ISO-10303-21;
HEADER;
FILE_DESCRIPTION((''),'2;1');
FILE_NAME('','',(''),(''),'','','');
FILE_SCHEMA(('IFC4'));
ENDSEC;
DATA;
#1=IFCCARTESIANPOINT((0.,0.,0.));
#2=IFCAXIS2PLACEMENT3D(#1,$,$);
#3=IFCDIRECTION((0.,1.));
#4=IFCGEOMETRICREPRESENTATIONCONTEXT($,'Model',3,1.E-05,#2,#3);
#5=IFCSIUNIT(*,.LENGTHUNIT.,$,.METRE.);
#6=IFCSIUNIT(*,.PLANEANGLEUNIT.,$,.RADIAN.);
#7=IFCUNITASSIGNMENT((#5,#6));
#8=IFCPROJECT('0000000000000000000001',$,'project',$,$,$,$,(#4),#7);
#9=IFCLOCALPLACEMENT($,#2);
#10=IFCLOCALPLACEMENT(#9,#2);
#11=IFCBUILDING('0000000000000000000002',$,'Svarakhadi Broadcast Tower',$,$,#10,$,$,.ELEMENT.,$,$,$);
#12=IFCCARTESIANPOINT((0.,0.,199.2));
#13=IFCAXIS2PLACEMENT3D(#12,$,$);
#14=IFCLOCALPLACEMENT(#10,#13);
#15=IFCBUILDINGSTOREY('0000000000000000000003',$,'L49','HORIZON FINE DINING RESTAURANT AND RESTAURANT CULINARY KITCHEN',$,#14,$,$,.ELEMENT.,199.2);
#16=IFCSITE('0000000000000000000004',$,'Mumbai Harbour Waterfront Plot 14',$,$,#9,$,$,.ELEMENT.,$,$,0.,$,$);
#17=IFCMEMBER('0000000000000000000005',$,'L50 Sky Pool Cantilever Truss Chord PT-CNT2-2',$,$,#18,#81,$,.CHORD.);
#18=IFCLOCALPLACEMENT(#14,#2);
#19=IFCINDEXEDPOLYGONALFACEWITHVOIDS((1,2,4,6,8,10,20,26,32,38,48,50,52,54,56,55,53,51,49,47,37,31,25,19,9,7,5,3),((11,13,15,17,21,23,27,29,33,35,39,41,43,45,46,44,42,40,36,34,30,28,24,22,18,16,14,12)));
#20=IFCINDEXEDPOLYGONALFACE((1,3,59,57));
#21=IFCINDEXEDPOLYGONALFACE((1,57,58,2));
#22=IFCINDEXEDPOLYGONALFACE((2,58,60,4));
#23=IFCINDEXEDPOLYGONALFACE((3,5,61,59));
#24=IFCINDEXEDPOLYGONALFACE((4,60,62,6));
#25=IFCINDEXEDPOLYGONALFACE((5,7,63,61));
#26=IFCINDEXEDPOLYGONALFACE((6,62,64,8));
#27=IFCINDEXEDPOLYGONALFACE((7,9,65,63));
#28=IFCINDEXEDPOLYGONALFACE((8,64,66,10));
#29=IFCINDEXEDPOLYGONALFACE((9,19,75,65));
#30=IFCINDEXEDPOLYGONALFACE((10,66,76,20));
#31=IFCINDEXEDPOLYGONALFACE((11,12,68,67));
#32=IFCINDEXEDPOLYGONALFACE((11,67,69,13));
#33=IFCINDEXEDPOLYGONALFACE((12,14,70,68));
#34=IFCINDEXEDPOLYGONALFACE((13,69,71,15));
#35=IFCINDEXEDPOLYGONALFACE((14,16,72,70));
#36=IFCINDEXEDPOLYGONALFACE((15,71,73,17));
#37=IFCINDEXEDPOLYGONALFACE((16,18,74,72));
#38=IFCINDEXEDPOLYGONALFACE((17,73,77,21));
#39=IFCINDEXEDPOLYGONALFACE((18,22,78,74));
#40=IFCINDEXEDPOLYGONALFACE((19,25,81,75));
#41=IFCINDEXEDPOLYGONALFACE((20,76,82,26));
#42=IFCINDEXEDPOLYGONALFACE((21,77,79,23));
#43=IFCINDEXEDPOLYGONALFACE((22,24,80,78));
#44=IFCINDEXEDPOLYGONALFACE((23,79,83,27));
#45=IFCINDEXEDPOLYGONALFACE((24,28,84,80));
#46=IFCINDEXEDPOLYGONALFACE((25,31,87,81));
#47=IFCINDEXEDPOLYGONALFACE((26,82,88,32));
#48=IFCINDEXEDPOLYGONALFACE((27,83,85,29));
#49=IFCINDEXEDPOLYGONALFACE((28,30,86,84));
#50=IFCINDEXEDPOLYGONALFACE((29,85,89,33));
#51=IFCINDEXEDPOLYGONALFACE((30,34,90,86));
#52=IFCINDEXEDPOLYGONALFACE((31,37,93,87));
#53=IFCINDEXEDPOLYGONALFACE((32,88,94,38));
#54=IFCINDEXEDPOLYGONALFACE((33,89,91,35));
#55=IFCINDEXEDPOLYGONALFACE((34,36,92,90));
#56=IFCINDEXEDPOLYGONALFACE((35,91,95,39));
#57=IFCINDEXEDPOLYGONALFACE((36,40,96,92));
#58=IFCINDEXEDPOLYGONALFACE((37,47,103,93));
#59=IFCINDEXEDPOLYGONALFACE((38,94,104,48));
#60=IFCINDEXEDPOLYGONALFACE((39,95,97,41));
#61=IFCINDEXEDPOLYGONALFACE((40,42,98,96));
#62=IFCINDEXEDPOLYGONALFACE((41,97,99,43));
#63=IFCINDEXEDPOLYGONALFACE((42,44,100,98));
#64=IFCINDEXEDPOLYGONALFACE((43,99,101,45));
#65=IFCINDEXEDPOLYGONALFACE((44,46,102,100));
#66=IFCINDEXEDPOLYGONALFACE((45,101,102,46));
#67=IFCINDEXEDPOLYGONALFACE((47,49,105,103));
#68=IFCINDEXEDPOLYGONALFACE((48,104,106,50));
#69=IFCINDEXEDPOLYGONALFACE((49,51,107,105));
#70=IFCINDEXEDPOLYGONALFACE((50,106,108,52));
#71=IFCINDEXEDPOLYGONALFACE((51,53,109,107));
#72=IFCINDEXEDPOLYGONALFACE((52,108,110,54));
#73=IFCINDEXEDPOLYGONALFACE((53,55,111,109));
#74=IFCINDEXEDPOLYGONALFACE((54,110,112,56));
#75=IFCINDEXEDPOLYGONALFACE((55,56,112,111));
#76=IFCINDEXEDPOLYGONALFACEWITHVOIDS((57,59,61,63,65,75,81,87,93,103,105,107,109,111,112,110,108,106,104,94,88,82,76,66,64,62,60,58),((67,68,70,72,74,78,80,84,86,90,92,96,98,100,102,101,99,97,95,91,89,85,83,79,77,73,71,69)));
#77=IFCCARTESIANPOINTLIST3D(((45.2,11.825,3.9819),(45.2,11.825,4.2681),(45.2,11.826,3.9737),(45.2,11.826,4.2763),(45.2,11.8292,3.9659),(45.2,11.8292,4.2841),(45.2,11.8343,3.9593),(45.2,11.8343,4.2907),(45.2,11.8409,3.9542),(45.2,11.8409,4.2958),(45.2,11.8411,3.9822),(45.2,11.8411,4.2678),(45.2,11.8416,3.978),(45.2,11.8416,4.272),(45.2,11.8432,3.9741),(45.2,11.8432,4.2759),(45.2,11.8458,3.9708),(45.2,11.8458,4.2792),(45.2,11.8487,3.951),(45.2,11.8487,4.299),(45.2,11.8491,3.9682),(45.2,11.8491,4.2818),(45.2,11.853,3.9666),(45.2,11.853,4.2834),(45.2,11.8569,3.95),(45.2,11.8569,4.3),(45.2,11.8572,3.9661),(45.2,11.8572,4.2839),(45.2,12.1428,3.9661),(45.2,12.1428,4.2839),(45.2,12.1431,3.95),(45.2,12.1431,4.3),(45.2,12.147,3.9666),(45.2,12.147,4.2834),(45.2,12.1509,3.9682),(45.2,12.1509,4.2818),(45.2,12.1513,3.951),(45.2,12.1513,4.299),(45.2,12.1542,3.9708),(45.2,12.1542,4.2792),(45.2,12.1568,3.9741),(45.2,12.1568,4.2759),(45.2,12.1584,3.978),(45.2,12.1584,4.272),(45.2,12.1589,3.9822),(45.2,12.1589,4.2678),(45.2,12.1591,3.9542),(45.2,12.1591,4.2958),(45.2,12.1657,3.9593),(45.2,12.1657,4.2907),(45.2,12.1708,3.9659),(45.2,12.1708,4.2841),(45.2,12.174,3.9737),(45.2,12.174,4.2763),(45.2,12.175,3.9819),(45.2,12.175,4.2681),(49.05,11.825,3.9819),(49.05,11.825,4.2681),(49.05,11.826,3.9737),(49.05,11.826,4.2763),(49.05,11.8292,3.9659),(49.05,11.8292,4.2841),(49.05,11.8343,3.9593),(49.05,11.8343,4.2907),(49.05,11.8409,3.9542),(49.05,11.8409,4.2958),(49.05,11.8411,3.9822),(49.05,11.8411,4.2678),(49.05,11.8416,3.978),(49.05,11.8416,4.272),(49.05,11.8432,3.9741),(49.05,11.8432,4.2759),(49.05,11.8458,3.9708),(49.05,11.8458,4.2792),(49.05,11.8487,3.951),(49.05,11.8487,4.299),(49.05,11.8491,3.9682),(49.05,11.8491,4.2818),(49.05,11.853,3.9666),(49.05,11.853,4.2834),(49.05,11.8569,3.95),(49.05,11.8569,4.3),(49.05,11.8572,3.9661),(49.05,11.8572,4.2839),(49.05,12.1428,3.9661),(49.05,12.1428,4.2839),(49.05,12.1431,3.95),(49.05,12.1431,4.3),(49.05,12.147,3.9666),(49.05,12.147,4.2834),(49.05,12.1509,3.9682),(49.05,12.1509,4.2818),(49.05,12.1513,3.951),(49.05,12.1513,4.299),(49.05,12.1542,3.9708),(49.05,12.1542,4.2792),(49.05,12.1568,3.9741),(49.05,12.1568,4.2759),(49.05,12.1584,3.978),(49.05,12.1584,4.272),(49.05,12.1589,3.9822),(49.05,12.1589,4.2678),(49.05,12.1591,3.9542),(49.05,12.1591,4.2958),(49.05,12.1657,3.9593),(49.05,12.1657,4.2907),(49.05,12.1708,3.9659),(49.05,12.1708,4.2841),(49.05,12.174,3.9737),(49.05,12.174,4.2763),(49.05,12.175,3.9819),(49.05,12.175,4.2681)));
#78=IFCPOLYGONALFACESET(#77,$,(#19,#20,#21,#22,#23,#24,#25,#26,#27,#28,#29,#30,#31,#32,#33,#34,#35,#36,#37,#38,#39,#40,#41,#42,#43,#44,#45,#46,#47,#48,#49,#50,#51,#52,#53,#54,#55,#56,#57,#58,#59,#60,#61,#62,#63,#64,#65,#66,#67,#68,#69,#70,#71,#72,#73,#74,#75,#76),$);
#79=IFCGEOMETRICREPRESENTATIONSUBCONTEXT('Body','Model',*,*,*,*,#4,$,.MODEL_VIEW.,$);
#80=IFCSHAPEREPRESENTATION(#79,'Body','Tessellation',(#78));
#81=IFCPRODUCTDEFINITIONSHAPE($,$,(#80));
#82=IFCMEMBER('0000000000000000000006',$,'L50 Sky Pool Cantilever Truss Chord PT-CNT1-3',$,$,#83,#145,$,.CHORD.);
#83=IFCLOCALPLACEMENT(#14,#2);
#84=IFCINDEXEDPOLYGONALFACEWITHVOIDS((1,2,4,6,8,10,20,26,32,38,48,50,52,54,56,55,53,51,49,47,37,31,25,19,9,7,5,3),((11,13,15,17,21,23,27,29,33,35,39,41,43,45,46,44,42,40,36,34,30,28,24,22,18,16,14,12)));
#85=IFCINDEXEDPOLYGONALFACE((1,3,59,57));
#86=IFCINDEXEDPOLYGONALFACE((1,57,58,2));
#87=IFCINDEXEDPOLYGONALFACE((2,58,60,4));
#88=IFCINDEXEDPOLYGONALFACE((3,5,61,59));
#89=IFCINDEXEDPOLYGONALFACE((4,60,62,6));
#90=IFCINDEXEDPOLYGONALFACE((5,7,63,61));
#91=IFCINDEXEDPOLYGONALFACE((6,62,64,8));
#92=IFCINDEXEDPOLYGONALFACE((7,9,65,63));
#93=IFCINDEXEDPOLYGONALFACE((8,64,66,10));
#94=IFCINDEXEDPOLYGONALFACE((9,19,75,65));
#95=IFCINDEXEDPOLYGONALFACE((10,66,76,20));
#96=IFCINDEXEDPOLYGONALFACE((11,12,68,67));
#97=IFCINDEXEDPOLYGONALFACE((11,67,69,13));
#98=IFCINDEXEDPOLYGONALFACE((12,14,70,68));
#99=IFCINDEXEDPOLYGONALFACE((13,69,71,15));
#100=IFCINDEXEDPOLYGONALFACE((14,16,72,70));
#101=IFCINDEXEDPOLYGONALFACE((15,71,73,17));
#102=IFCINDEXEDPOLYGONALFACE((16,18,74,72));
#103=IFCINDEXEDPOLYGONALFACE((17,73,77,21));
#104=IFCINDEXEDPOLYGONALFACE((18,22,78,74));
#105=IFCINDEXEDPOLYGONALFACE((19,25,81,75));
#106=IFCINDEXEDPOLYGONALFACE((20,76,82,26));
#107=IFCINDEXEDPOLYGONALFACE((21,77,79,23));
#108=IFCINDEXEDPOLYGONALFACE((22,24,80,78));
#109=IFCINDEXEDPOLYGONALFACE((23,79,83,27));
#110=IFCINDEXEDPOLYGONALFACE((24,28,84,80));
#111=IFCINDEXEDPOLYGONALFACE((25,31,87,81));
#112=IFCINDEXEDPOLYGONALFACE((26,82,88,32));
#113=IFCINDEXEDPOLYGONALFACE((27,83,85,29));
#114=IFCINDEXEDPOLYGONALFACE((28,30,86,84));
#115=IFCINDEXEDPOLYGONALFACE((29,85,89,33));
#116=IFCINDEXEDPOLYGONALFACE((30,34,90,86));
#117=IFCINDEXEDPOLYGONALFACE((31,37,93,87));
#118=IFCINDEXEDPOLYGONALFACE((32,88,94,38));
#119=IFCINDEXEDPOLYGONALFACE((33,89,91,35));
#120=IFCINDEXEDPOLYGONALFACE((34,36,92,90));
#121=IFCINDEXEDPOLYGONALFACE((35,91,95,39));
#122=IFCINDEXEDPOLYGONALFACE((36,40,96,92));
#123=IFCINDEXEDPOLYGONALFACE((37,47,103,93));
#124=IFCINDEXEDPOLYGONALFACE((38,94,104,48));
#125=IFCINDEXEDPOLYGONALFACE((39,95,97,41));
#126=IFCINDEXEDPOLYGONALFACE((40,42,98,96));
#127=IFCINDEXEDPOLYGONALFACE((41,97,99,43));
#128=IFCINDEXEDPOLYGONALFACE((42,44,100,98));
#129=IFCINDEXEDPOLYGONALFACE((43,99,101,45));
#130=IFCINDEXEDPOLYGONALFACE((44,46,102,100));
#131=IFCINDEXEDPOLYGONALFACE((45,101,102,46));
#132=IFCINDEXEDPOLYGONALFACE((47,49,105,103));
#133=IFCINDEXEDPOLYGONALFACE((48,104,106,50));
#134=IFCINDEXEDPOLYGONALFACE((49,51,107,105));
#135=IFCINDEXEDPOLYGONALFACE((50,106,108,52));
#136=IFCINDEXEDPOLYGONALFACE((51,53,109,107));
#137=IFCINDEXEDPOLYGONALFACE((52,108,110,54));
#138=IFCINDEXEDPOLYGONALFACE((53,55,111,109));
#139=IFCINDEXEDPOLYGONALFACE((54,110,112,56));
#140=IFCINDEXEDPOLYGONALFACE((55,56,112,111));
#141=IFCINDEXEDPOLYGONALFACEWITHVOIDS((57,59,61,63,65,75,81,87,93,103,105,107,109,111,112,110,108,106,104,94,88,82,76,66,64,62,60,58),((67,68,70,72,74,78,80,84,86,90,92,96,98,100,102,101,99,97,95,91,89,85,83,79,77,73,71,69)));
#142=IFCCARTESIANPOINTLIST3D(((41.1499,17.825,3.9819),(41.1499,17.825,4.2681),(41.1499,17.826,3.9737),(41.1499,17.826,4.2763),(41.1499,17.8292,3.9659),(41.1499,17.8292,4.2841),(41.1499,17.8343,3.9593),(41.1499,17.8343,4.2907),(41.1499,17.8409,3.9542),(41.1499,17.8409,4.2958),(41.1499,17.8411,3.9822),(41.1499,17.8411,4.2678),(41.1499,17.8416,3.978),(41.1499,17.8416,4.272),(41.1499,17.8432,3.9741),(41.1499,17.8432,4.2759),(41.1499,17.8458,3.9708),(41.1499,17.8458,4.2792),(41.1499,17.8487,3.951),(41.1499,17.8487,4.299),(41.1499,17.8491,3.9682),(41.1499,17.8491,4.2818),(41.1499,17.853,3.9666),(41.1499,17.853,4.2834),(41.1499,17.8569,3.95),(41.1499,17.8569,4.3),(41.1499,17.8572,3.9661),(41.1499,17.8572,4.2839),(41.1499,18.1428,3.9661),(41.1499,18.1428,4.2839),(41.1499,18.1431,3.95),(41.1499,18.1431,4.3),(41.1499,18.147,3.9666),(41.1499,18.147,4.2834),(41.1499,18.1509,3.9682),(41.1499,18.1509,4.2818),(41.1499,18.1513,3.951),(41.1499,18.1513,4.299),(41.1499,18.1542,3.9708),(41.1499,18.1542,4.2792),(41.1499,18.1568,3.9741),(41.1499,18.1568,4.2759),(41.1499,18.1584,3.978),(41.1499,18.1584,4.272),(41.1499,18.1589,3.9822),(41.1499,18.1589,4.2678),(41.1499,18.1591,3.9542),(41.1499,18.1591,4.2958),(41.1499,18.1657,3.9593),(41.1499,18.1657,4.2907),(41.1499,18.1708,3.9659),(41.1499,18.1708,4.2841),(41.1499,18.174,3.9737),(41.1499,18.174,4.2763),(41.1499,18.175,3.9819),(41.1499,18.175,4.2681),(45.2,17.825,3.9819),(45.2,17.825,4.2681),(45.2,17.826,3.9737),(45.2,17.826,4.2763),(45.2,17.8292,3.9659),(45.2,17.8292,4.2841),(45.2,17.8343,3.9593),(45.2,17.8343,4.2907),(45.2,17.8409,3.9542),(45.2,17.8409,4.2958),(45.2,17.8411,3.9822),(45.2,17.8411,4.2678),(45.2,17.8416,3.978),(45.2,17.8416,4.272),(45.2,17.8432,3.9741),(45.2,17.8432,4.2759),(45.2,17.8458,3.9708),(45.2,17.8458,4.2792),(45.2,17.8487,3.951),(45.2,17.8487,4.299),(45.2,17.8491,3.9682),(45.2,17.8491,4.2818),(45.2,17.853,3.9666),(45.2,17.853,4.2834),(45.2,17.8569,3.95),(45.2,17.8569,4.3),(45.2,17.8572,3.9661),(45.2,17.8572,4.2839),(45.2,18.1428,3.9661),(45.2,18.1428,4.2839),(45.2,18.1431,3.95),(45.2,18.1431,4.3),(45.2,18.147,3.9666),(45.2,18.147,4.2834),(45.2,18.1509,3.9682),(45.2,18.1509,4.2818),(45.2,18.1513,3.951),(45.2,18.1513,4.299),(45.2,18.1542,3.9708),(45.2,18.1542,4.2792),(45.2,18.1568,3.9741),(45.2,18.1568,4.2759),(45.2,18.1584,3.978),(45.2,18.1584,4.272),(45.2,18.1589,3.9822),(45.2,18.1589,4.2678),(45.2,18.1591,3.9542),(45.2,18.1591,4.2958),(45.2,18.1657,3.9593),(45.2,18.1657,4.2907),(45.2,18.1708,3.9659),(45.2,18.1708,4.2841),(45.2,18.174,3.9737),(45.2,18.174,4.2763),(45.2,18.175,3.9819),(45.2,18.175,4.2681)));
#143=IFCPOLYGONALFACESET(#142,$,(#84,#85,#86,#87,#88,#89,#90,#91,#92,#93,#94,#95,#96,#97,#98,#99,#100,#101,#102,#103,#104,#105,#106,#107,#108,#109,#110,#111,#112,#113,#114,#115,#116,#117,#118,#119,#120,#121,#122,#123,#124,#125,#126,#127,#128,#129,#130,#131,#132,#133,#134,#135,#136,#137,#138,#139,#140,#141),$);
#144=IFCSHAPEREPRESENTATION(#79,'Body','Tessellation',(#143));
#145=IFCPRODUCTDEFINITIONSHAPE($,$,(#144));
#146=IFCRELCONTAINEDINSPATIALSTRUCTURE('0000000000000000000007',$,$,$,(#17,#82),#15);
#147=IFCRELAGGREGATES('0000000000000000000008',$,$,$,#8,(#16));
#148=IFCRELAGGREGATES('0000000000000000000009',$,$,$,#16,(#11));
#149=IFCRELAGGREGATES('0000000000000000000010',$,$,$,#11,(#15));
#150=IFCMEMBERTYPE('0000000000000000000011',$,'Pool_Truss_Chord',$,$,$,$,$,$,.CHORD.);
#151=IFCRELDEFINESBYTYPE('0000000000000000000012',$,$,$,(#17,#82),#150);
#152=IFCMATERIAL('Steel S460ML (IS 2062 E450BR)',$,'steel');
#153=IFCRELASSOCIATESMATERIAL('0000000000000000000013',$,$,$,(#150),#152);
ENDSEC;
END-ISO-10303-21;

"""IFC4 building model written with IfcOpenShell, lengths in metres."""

from ifc_helpers import new_model, si_unit, direction, frame, origin, origin_2d, place, context, subcontext, project, spatial, hollow_rectangle, extrude, material, material_profile, profile_set, type_object, element, save


model = new_model("IFC4")

# Units and contexts
model_context = context("Model", 3, precision=1e-05, world=origin(), true_north=direction((0.0, 1.0)))
body_context = subcontext(model_context, "Body", "Model", "MODEL_VIEW")
ifc_project = project(units=[si_unit("LENGTHUNIT", "METRE"), si_unit("PLANEANGLEUNIT", "RADIAN")], contexts=[model_context])

# Site, building, storey
site_placement = place(None, origin())
site = spatial("IfcSite", under=ifc_project, at=site_placement, Name="Mumbai Harbour Waterfront Plot 14", CompositionType="ELEMENT", RefElevation=0.0)
building_placement = place(site_placement, origin())
building = spatial("IfcBuilding", under=site, at=building_placement, Name="Svarakhadi Broadcast Tower", CompositionType="ELEMENT")
storey_placement = place(building_placement, frame((0.0, 0.0, 199.2)))
storey = spatial("IfcBuildingStorey", under=building, at=storey_placement, Name="L49", Description="HORIZON FINE DINING RESTAURANT AND RESTAURANT CULINARY KITCHEN", CompositionType="ELEMENT", Elevation=199.2)

# Shared definitions
ifc_material_1 = material(Name="Steel S460ML (IS 2062 E450BR)", Category="steel")

# Members
ifc_material_profile_1 = material_profile(ifc_material_1, hollow_rectangle(XDim=0.3501, YDim=0.3501, WallThickness=0.0161, InnerFilletRadius=0.0161, OuterFilletRadius=0.032, at=origin_2d()), Name="SHS 350x350x16")
ifc_profile_set_1 = profile_set([ifc_material_profile_1], Name="Steel S460ML (IS 2062 E450BR)")
member_type_1 = type_object("IfcMemberType", Name="Pool_Truss_Chord", PredefinedType="CHORD", material=ifc_profile_set_1)
member_1_placement = place(storey_placement, frame((45.2, 12.0, 4.125), z_axis=(1.0, 0.0, 0.0), x_axis=(0.0, 1.0, 0.0)))
element("IfcMember", 1, at=member_1_placement, inside=storey, type_object=member_type_1, Name="L50 Sky Pool Cantilever Truss Chord PT-CNT2-2", PredefinedType="CHORD", context=body_context, shape_type="SweptSolid", body=[
    extrude(hollow_rectangle(XDim=0.3501, YDim=0.3501, WallThickness=0.0161, InnerFilletRadius=0.0161, OuterFilletRadius=0.032, at=origin_2d()), origin(), (0.0, 0.0, 1.0), 3.8501),
])
member_2_placement = place(storey_placement, frame((41.1499, 18.0, 4.125), z_axis=(1.0, 0.0, 0.0), x_axis=(0.0, 1.0, 0.0)))
element("IfcMember", 2, at=member_2_placement, inside=storey, type_object=member_type_1, Name="L50 Sky Pool Cantilever Truss Chord PT-CNT1-3", PredefinedType="CHORD", context=body_context, shape_type="SweptSolid", body=[
    extrude(hollow_rectangle(XDim=0.3501, YDim=0.3501, WallThickness=0.0161, InnerFilletRadius=0.0161, OuterFilletRadius=0.032, at=origin_2d()), origin(), (0.0, 0.0, 1.0), 4.05),
])

save(model, "model.ifc")
